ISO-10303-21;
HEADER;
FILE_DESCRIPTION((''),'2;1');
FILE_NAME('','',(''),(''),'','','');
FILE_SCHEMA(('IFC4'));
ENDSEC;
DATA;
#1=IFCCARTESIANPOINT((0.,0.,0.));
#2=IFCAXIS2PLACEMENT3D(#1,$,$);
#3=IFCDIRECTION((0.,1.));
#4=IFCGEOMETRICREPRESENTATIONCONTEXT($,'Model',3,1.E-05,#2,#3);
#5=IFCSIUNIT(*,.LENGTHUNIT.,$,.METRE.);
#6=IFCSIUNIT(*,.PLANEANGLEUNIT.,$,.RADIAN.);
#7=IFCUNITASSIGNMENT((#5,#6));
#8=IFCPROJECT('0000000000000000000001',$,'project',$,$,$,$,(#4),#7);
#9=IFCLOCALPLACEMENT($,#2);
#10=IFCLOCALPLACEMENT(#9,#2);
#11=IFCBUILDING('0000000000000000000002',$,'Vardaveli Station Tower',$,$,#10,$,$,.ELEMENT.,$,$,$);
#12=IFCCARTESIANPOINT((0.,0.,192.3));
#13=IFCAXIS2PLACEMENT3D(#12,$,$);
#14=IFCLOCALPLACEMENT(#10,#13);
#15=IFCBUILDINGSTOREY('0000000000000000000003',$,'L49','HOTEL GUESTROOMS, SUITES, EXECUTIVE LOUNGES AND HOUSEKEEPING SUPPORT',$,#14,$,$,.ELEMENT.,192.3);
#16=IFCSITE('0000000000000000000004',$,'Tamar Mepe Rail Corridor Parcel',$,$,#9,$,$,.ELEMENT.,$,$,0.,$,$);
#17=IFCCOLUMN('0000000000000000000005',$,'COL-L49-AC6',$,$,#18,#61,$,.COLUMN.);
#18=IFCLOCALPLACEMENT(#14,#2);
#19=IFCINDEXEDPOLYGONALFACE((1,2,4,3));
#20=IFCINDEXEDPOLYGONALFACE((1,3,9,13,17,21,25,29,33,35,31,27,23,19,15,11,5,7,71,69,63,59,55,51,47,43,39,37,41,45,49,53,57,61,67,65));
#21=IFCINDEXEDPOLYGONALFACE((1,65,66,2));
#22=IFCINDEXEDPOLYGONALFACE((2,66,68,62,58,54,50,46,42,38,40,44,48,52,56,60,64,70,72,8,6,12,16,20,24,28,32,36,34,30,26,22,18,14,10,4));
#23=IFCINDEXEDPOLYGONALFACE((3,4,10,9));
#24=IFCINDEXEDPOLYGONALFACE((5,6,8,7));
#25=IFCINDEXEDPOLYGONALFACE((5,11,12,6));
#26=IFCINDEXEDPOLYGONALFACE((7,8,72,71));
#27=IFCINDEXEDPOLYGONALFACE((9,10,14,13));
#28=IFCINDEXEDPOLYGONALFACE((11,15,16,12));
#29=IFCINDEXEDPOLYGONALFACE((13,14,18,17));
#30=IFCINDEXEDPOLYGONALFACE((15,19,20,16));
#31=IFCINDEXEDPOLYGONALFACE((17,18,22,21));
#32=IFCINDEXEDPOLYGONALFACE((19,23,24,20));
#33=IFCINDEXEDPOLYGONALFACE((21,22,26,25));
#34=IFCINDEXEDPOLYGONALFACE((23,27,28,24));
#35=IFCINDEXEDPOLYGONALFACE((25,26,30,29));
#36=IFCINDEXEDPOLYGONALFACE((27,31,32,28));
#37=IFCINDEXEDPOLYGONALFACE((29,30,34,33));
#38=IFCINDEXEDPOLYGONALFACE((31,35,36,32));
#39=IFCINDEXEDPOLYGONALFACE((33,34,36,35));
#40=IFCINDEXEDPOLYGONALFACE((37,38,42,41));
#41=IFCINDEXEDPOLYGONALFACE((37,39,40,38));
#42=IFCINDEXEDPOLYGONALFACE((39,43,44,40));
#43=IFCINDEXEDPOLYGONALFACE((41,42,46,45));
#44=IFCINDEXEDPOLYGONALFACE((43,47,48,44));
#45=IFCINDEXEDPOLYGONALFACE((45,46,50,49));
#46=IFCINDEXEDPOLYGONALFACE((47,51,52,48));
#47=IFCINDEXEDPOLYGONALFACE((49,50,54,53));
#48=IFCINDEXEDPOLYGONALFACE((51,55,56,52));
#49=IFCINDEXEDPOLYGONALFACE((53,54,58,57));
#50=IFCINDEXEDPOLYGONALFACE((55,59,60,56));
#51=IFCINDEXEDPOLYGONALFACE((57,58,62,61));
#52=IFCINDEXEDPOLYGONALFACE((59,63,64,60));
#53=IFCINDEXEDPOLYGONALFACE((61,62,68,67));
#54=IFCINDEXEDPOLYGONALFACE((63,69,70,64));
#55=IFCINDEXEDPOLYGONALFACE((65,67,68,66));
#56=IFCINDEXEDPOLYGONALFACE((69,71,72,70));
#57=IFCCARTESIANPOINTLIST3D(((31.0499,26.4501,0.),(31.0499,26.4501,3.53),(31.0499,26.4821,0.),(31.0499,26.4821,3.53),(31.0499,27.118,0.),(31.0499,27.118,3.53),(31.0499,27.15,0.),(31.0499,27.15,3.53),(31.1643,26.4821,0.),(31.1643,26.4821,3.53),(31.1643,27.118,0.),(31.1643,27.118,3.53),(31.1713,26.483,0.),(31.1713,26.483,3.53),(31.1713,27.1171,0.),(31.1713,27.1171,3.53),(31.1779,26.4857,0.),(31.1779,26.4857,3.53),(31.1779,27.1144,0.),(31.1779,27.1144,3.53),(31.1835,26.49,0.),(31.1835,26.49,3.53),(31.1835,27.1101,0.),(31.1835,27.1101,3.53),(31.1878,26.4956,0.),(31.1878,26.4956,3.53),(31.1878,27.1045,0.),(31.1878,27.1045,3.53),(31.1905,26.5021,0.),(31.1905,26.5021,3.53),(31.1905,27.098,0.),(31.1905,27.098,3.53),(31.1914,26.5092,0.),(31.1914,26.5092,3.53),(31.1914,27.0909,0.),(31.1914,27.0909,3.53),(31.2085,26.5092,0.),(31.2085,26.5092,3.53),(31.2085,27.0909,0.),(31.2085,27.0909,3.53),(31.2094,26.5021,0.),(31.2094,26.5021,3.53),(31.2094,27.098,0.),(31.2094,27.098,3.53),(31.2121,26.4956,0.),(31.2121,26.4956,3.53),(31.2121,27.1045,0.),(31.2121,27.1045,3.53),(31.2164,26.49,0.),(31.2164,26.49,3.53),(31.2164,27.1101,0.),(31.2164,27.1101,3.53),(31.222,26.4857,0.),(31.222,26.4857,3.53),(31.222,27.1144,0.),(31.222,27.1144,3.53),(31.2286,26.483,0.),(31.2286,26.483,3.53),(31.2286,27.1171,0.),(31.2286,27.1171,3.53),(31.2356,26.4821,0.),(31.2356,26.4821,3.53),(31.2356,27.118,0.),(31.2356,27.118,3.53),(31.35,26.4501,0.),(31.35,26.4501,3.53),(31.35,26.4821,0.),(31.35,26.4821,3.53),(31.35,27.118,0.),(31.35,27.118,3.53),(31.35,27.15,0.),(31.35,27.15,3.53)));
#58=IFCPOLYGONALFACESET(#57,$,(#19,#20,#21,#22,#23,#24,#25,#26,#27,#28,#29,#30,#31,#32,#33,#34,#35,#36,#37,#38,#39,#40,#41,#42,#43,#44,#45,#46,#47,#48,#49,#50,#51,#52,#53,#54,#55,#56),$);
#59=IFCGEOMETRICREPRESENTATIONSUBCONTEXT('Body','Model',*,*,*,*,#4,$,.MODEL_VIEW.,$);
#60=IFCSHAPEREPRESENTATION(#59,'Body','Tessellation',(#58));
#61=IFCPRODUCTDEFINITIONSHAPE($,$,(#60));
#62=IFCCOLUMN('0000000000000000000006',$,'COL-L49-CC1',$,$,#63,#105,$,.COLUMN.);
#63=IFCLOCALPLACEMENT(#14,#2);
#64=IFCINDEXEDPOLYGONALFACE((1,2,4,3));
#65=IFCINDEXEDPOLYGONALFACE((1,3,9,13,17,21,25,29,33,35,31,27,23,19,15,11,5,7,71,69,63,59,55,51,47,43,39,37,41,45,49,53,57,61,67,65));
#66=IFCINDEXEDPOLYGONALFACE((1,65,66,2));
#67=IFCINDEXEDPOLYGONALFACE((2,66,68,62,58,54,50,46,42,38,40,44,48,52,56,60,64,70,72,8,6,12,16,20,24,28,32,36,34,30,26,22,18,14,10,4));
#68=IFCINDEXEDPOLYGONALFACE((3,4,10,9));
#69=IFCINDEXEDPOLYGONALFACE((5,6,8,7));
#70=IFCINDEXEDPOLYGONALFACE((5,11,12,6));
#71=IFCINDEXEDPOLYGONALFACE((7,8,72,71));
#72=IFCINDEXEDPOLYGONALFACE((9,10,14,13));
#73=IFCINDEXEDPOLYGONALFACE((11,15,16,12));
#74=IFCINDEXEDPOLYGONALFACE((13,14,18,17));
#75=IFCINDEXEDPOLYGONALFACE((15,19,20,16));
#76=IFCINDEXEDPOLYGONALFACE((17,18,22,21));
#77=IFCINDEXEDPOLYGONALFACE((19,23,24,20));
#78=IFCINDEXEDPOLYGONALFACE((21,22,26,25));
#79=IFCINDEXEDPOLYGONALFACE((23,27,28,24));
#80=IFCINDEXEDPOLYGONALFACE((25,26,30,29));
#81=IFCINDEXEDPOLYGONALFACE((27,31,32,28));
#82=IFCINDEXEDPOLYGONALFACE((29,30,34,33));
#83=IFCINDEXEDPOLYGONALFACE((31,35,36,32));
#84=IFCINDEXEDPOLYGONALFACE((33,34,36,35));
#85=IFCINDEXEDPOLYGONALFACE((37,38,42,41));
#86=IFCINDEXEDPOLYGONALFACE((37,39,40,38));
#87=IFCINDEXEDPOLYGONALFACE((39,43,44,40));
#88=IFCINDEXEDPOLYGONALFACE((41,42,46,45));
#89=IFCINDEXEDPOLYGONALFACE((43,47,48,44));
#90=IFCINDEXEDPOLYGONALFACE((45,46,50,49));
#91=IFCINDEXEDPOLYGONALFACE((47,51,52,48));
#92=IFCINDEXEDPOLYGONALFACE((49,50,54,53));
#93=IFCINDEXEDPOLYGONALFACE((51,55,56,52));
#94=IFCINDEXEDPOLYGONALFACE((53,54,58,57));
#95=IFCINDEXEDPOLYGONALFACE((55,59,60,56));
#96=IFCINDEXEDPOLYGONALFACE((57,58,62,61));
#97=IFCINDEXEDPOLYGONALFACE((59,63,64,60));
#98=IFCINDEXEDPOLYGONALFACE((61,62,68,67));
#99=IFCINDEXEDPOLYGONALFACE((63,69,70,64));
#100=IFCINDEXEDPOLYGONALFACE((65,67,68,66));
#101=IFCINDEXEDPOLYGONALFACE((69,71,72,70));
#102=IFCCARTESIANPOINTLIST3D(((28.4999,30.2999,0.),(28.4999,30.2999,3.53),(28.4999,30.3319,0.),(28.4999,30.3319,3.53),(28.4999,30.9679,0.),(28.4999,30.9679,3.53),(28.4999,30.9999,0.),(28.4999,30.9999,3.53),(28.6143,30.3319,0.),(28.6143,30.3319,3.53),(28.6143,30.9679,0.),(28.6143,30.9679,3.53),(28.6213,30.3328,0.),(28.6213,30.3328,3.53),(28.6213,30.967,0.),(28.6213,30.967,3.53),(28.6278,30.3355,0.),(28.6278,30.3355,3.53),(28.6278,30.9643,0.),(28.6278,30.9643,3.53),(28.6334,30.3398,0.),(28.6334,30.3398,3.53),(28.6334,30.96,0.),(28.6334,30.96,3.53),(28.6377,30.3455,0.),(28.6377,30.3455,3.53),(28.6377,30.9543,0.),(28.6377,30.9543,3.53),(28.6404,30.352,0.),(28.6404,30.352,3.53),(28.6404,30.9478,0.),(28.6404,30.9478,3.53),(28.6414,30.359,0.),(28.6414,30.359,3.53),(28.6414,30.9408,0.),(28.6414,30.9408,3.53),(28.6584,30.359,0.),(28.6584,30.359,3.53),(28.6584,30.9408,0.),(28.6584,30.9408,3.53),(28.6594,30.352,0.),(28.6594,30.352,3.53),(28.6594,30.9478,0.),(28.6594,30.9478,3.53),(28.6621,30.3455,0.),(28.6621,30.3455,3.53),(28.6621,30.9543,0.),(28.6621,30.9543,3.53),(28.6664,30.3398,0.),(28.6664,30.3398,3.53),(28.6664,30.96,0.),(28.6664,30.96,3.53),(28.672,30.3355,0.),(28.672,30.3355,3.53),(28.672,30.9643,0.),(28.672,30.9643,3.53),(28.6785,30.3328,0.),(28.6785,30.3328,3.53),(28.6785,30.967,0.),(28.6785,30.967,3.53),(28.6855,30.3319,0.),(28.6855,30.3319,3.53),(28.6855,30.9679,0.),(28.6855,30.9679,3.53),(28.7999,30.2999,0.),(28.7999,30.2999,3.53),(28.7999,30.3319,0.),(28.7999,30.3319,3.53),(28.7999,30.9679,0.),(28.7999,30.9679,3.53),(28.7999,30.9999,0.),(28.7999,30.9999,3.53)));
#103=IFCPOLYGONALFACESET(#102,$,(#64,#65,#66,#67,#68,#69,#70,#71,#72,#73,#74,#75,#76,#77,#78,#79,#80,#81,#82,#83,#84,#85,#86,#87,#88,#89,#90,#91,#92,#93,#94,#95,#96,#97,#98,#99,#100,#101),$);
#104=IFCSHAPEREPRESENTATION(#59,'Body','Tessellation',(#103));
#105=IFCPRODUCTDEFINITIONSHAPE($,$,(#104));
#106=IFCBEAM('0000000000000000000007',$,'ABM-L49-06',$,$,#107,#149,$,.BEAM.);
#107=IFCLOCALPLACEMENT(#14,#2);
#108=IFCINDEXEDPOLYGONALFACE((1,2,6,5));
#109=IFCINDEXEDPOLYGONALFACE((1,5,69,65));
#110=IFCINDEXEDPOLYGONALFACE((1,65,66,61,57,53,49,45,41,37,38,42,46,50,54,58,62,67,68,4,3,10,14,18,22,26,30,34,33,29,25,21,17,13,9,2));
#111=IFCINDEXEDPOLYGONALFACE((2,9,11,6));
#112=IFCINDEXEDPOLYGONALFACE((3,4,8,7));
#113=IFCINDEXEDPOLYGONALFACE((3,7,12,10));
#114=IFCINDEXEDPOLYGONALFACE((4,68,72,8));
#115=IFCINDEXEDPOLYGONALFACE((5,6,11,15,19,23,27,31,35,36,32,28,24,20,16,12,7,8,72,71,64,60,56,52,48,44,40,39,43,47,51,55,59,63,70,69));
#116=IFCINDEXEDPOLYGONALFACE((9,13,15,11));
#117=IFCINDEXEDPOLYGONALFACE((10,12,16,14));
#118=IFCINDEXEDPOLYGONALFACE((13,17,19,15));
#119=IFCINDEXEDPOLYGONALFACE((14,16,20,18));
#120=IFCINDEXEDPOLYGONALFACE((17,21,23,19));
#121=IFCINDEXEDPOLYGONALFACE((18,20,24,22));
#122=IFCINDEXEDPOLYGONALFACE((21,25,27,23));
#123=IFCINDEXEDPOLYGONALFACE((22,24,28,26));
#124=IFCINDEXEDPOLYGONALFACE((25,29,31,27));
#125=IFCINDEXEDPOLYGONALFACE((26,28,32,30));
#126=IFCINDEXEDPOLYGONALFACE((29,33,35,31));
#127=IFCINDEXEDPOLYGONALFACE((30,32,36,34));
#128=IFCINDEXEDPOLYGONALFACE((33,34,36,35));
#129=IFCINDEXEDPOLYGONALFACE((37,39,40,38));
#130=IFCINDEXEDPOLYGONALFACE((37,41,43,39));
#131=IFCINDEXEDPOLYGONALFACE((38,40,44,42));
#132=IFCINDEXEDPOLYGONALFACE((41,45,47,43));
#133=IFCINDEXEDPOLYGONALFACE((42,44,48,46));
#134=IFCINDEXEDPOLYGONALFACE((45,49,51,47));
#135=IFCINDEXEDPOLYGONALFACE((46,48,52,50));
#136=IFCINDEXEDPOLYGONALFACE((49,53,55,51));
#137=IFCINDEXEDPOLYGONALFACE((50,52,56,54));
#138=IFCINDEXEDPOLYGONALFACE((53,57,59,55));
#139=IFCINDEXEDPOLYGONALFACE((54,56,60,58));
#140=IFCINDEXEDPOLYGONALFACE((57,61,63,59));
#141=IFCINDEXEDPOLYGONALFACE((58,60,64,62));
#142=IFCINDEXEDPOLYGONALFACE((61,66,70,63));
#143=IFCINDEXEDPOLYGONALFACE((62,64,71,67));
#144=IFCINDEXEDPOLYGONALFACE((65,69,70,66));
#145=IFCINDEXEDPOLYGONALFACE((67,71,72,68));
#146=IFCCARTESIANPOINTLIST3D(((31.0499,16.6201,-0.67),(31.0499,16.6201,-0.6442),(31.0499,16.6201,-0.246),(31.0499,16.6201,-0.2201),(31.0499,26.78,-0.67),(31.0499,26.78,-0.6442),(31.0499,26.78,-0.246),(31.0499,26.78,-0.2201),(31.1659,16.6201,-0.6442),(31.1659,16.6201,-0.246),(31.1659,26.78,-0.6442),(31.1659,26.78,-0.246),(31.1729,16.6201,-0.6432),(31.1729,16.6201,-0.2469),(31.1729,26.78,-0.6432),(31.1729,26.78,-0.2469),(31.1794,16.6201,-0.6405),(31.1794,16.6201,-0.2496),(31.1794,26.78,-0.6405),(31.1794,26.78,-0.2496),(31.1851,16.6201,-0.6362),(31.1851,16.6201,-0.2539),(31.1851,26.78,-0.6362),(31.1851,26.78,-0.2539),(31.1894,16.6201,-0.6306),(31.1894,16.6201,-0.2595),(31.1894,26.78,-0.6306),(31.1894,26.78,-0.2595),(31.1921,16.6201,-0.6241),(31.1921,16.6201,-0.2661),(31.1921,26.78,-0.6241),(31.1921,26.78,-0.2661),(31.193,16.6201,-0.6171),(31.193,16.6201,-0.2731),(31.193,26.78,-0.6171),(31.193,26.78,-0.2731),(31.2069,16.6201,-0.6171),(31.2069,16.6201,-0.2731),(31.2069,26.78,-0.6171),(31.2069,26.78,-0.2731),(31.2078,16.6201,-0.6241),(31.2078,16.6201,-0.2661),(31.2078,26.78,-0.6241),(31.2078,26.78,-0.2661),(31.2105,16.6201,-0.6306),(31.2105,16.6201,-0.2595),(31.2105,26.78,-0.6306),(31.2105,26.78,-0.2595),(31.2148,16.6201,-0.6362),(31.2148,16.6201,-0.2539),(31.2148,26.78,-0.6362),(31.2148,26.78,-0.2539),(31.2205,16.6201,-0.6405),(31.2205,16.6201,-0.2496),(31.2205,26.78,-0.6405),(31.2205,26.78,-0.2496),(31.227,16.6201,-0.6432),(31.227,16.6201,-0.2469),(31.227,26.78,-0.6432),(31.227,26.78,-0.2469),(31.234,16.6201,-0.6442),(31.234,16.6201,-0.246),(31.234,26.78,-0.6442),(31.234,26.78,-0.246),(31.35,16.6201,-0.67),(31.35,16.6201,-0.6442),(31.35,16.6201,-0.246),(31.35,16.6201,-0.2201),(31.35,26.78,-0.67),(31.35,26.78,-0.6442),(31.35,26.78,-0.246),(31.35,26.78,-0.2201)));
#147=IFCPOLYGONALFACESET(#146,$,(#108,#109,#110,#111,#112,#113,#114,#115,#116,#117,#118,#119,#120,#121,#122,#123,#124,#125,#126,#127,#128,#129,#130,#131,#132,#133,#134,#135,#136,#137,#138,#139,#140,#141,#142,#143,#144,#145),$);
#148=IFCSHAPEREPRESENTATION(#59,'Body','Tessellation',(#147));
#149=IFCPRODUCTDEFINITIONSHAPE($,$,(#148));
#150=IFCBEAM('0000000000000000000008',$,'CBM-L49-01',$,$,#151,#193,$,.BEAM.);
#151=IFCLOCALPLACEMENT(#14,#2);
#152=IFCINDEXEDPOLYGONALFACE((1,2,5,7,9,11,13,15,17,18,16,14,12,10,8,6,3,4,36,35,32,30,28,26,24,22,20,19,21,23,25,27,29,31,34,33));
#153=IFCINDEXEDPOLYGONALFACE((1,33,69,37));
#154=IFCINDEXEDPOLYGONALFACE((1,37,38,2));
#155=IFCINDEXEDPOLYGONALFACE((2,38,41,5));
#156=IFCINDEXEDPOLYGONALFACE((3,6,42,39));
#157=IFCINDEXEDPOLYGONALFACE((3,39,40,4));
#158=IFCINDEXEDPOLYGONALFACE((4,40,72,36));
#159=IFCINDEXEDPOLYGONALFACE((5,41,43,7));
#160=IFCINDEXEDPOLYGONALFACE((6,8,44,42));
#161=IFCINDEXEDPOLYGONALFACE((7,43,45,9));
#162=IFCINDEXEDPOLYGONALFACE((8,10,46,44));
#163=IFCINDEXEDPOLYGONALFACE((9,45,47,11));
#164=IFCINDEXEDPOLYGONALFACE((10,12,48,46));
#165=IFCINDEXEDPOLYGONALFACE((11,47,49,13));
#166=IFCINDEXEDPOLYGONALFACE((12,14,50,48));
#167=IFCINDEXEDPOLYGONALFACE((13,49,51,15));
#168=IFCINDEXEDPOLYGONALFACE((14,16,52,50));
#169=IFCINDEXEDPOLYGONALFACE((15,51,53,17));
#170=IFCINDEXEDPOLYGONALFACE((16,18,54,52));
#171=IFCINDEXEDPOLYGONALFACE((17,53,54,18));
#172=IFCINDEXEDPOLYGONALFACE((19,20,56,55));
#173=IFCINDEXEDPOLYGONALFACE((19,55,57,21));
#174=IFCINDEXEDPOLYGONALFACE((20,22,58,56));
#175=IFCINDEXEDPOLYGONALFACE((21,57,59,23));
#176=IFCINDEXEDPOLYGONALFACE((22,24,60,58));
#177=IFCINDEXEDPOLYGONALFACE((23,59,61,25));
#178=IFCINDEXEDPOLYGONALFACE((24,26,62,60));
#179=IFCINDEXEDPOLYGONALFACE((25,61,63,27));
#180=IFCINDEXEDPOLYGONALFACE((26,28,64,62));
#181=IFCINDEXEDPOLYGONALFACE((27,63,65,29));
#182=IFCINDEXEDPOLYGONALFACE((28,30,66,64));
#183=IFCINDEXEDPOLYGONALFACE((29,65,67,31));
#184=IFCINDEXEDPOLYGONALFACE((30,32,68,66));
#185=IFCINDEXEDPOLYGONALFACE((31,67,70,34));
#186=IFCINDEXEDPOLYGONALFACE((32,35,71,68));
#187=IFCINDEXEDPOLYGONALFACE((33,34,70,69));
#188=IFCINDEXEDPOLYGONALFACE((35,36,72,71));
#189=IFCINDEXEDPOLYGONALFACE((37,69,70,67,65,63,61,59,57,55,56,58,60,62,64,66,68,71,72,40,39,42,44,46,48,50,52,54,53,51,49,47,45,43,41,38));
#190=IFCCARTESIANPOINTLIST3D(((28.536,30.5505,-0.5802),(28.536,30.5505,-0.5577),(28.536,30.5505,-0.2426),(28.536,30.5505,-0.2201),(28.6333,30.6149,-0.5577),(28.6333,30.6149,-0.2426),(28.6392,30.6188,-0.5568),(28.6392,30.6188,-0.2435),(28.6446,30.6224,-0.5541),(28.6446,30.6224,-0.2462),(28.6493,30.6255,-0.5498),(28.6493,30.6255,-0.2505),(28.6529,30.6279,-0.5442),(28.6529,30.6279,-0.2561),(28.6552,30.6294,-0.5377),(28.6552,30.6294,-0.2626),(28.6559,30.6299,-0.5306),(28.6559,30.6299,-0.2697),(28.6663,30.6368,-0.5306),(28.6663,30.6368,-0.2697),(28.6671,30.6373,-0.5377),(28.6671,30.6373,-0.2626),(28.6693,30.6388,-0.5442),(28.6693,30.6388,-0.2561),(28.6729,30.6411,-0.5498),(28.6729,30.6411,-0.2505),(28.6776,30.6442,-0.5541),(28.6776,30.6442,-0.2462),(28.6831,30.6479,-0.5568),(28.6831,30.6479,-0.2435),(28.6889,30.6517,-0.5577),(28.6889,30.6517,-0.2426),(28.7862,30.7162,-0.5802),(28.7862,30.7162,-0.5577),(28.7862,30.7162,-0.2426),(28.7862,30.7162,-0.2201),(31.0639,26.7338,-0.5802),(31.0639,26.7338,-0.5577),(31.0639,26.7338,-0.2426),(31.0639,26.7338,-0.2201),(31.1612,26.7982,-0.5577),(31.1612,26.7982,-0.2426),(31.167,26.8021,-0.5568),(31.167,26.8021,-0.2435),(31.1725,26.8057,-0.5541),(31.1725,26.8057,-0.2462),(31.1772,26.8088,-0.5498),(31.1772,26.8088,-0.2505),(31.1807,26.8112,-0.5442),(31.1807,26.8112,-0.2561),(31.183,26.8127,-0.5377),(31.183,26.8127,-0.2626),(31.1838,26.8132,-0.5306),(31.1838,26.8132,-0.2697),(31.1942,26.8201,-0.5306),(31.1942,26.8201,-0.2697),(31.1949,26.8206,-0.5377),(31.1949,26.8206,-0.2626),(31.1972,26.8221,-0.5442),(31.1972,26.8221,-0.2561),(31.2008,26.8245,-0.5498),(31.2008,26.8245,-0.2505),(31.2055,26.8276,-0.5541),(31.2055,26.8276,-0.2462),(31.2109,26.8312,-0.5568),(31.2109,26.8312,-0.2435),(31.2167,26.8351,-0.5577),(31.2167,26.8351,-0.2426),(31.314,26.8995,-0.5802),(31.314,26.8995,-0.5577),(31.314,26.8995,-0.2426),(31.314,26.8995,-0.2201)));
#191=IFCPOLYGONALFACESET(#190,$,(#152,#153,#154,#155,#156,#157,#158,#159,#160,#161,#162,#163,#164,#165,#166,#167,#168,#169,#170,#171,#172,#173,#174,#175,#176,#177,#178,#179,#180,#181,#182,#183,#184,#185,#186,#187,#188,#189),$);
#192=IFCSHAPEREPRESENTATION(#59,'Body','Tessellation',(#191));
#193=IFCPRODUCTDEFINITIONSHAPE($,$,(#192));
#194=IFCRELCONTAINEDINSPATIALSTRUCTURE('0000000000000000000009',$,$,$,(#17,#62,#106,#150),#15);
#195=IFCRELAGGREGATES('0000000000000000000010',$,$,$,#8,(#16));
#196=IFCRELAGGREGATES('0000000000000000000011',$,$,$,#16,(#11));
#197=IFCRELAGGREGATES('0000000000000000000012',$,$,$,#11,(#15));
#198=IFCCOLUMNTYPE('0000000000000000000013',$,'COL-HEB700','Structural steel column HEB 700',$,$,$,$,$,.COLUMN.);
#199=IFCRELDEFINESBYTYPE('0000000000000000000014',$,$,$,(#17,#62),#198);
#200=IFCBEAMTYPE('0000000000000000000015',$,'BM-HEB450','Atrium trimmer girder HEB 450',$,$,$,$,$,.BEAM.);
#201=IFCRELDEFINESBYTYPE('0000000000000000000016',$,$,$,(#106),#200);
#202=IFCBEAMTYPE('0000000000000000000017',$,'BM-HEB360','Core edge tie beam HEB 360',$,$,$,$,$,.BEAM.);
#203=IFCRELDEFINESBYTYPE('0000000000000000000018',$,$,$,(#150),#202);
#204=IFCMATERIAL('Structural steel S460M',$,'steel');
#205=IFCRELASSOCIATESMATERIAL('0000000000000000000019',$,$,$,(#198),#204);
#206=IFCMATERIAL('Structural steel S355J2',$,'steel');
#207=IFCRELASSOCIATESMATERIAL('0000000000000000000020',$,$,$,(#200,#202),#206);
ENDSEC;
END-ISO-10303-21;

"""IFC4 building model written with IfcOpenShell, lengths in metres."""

from ifc_helpers import new_model, si_unit, direction, frame, origin, origin_2d, place, context, subcontext, project, spatial, i_section, extrude, source, transform, mapped, material, material_profile, profile_set, type_object, element, save


model = new_model("IFC4")

# Units and contexts
model_context = context("Model", 3, precision=1e-05, world=origin(), true_north=direction((0.0, 1.0)))
body_context = subcontext(model_context, "Body", "Model", "MODEL_VIEW")
ifc_project = project(units=[si_unit("LENGTHUNIT", "METRE"), si_unit("PLANEANGLEUNIT", "RADIAN")], contexts=[model_context])

# Site, building, storey
site_placement = place(None, origin())
site = spatial("IfcSite", under=ifc_project, at=site_placement, Name="Tamar Mepe Rail Corridor Parcel", CompositionType="ELEMENT", RefElevation=0.0)
building_placement = place(site_placement, origin())
building = spatial("IfcBuilding", under=site, at=building_placement, Name="Vardaveli Station Tower", CompositionType="ELEMENT")
storey_placement = place(building_placement, frame((0.0, 0.0, 192.3)))
storey = spatial("IfcBuildingStorey", under=building, at=storey_placement, Name="L49", Description="HOTEL GUESTROOMS, SUITES, EXECUTIVE LOUNGES AND HOUSEKEEPING SUPPORT", CompositionType="ELEMENT", Elevation=192.3)

# Columns
ifc_material_1 = material(Name="Structural steel S460M", Category="steel")
ifc_material_profile_1 = material_profile(ifc_material_1, i_section(OverallWidth=0.3, OverallDepth=0.7, WebThickness=0.0171, FlangeThickness=0.032, FilletRadius=0.0271, at=origin_2d()), Name="HEB 700")
ifc_profile_set_1 = profile_set([ifc_material_profile_1], Name="Structural steel S460M")
column_type = type_object("IfcColumnType", Name="COL-HEB700", Description="Structural steel column HEB 700", PredefinedType="COLUMN", material=ifc_profile_set_1)
shared_shape_1 = source(origin(), body_context, "Body", "SweptSolid", [
    extrude(i_section(OverallWidth=0.3, OverallDepth=0.7, WebThickness=0.0171, FlangeThickness=0.032, FilletRadius=0.0271, at=origin_2d()), origin(), (0.0, 0.0, 1.0), 3.53),
])
for number, where, z_axis, x_axis, name in (
    (1, (31.2, 26.8, 0.0), (0.0, 0.0, 1.0), (1.0, 0.0, 0.0), "COL-L49-AC6"),
    (2, (28.6499, 30.6499, 0.0), (0.0, 0.0, 1.0), (1.0, 0.0, 0.0), "COL-L49-CC1"),
):
    element("IfcColumn", number, at=place(storey_placement, frame(where, z_axis=z_axis, x_axis=x_axis)), inside=storey, type_object=column_type, Name=name, PredefinedType="COLUMN", context=body_context, shape_type="MappedRepresentation", body=[
        mapped(shared_shape_1, transform((0.0, 0.0, 0.0), scale=1.0)),
    ])

# Beams
ifc_material_2 = material(Name="Structural steel S355J2", Category="steel")
ifc_material_profile_2 = material_profile(ifc_material_2, i_section(OverallWidth=0.3, OverallDepth=0.45, WebThickness=0.0139, FlangeThickness=0.0259, FilletRadius=0.0271, at=origin_2d()), Name="HEB 450")
ifc_profile_set_2 = profile_set([ifc_material_profile_2], Name="Structural steel S355J2")
beam_type_1 = type_object("IfcBeamType", Name="BM-HEB450", Description="Atrium trimmer girder HEB 450", PredefinedType="BEAM", material=ifc_profile_set_2)
shared_shape_2 = source(origin(), body_context, "Body", "SweptSolid", [
    extrude(i_section(OverallWidth=0.3, OverallDepth=0.45, WebThickness=0.0139, FlangeThickness=0.0259, FilletRadius=0.0271, at=origin_2d()), origin(), (0.0, 0.0, 1.0), 10.1599),
])
beam_1_placement = place(storey_placement, frame((31.2, 26.78, -0.4451), z_axis=(0.0, -1.0, 0.0), x_axis=(1.0, 0.0, 0.0)))
element("IfcBeam", 3, at=beam_1_placement, inside=storey, type_object=beam_type_1, Name="ABM-L49-06", PredefinedType="BEAM", context=body_context, shape_type="MappedRepresentation", body=[
    mapped(shared_shape_2, transform((0.0, 0.0, 0.0), scale=1.0)),
])
ifc_material_profile_3 = material_profile(ifc_material_2, i_section(OverallWidth=0.3, OverallDepth=0.3601, WebThickness=0.0125, FlangeThickness=0.0225, FilletRadius=0.0271, at=origin_2d()), Name="HEB 360")
ifc_profile_set_3 = profile_set([ifc_material_profile_3], Name="Structural steel S355J2")
beam_type_2 = type_object("IfcBeamType", Name="BM-HEB360", Description="Core edge tie beam HEB 360", PredefinedType="BEAM", material=ifc_profile_set_3)
shared_shape_3 = source(origin(), body_context, "Body", "SweptSolid", [
    extrude(i_section(OverallWidth=0.3, OverallDepth=0.3601, WebThickness=0.0125, FlangeThickness=0.0225, FilletRadius=0.0271, at=origin_2d()), origin(), (0.0, 0.0, 1.0), 4.5779),
])
beam_2_placement = place(storey_placement, frame((31.189, 26.8167, -0.4001), z_axis=(-0.552187, 0.83372, 0.0), x_axis=(-0.83372, -0.552187, 0.0)))
element("IfcBeam", 4, at=beam_2_placement, inside=storey, type_object=beam_type_2, Name="CBM-L49-01", PredefinedType="BEAM", context=body_context, shape_type="MappedRepresentation", body=[
    mapped(shared_shape_3, transform((0.0, 0.0, 0.0), scale=1.0)),
])

save(model, "model.ifc")
